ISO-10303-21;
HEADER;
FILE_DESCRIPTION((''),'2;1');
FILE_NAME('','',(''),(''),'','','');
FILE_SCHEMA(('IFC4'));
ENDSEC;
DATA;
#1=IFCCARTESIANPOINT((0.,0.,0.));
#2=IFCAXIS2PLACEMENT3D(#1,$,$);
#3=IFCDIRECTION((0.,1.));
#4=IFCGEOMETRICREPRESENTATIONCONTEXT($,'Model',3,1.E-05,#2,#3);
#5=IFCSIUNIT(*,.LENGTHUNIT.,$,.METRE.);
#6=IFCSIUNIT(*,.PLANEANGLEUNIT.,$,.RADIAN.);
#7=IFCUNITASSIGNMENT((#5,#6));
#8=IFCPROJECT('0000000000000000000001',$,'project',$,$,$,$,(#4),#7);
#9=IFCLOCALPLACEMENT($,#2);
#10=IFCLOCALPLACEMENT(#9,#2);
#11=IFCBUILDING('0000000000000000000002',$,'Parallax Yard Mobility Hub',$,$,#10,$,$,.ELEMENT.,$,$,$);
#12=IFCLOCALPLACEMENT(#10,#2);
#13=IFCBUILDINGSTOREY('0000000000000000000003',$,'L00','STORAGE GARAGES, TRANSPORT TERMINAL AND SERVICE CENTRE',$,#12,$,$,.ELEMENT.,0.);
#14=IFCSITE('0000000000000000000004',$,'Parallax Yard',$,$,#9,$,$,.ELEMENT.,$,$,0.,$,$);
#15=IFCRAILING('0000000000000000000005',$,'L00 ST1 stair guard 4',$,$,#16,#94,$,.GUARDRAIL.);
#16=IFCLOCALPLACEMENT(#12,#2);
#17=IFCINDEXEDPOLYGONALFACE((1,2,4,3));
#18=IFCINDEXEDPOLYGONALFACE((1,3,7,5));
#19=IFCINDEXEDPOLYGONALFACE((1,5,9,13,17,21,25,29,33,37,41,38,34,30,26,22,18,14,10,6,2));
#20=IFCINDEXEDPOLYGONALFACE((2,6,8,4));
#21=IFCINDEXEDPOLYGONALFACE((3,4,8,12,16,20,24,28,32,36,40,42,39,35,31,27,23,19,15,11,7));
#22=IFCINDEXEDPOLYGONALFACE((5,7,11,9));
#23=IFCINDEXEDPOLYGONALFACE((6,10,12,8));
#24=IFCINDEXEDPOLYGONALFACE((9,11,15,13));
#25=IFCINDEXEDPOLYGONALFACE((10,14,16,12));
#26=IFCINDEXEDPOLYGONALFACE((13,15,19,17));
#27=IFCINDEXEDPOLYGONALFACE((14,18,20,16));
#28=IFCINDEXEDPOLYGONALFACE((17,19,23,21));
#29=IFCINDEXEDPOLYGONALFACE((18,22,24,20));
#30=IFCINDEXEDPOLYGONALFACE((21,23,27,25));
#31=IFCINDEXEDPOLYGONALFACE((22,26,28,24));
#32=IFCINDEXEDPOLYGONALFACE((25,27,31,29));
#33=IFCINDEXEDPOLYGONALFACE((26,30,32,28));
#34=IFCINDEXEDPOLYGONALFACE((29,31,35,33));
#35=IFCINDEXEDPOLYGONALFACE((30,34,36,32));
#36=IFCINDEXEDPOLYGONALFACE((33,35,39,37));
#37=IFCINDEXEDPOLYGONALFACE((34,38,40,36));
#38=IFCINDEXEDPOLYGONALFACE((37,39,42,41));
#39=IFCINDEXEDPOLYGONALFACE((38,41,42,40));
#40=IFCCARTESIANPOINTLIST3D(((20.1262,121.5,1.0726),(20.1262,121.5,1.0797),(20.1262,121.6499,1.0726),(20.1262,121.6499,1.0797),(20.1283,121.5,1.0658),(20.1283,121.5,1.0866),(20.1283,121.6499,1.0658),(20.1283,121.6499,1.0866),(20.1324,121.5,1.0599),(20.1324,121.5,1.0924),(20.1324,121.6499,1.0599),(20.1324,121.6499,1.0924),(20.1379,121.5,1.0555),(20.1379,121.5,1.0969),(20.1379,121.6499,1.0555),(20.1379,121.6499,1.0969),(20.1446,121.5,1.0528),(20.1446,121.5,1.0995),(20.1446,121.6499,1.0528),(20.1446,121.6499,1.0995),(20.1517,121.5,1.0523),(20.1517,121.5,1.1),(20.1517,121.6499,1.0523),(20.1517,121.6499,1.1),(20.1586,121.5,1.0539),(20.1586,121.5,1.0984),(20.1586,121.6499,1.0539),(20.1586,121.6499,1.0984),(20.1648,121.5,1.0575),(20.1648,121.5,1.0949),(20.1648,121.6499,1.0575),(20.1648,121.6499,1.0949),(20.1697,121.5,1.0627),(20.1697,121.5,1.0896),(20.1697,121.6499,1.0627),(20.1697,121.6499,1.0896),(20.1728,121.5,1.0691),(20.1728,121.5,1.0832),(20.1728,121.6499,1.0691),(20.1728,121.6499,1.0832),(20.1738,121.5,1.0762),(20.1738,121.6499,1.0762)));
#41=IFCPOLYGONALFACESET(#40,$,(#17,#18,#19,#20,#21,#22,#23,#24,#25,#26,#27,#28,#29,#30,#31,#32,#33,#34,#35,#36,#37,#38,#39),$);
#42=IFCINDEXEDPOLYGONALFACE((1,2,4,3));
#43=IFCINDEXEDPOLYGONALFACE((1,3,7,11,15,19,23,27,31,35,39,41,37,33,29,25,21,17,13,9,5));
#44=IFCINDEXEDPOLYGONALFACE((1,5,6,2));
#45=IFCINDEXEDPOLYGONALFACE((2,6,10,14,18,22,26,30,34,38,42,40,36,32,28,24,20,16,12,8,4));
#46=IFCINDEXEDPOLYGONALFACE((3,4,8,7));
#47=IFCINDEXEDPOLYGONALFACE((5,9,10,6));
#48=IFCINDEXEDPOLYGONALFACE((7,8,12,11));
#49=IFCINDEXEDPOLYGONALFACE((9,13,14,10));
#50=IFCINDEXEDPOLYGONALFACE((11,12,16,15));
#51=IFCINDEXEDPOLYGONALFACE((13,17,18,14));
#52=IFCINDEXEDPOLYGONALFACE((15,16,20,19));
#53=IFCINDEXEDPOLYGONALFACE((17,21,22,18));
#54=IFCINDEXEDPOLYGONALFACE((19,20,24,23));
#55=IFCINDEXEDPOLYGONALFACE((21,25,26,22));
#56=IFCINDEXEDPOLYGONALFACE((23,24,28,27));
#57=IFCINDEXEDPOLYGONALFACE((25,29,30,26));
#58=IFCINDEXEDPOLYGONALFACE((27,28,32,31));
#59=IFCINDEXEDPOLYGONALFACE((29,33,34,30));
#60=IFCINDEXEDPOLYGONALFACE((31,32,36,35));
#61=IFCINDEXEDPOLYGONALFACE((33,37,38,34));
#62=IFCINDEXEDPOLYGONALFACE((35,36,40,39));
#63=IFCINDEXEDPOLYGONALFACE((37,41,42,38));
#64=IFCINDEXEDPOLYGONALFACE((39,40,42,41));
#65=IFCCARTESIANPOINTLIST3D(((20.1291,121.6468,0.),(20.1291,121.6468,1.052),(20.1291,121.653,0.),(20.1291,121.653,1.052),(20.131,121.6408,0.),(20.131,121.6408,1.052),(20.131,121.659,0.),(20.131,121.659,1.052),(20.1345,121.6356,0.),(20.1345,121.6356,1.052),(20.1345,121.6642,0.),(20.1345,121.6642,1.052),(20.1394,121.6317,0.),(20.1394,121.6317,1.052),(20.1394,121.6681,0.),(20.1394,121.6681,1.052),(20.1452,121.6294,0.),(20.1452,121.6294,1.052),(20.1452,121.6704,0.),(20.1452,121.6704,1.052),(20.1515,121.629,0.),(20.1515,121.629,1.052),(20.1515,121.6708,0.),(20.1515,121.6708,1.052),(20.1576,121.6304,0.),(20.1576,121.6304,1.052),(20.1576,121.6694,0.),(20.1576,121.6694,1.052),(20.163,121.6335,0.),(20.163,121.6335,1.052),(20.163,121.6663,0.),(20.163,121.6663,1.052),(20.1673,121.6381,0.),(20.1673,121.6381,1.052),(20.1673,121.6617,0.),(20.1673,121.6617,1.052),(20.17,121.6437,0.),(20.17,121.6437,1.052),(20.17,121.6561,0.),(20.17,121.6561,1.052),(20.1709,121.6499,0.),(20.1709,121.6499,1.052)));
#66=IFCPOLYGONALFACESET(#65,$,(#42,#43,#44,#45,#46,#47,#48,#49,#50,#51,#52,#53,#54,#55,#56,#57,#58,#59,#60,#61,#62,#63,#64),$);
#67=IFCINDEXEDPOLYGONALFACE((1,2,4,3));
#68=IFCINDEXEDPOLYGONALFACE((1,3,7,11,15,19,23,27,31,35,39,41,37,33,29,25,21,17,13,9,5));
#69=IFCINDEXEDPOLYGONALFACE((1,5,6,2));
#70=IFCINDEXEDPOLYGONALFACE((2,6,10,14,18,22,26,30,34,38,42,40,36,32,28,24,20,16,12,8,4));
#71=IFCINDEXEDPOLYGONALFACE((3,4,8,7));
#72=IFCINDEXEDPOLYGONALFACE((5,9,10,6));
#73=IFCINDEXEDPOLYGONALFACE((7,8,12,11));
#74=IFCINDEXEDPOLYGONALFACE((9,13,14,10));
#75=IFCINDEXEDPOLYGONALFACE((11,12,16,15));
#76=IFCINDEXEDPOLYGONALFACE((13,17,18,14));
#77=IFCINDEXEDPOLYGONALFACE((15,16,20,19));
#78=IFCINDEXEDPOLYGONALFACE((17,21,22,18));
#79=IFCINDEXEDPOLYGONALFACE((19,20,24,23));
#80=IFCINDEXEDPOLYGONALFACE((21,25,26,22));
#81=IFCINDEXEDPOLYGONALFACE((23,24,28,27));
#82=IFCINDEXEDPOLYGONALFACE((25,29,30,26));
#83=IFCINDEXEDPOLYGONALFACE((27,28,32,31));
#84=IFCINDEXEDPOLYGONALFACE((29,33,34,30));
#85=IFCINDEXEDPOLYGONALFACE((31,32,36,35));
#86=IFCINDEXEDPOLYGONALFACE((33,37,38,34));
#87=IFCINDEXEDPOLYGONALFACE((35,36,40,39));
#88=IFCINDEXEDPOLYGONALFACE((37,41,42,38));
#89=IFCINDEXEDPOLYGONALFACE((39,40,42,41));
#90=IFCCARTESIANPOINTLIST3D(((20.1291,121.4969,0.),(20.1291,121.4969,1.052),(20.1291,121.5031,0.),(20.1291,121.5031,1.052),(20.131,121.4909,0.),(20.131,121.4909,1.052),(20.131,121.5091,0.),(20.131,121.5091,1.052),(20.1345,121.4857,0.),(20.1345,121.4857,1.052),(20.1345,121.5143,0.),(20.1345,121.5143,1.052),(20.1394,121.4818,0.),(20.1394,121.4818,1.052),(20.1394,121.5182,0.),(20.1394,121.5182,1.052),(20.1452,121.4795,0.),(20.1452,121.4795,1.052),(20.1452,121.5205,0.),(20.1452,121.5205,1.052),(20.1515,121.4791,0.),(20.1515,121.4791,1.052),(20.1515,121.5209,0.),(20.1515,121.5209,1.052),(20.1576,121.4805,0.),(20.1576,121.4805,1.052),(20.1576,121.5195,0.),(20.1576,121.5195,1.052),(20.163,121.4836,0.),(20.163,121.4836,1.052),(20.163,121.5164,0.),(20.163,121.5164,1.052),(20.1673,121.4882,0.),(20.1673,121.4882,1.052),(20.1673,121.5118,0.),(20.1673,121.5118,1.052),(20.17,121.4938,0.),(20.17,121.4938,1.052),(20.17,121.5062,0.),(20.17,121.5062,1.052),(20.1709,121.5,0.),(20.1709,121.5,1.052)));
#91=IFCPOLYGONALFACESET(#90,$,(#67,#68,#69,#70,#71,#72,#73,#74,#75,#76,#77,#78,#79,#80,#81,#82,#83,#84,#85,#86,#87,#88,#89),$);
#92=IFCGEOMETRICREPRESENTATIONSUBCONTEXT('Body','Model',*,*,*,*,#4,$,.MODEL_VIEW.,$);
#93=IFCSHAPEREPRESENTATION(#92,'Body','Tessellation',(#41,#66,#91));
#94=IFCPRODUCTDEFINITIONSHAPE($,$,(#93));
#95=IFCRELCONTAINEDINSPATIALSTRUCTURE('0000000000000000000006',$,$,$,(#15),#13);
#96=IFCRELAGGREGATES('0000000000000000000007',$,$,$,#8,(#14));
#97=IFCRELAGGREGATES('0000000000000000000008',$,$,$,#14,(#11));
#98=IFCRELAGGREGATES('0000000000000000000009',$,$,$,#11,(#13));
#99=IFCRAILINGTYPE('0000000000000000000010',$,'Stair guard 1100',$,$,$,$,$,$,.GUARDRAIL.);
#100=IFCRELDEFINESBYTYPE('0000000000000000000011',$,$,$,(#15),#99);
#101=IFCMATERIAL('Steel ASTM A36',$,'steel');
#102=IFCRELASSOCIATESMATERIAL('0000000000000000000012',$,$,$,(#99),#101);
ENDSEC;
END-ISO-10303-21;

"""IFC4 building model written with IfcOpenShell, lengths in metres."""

from ifc_helpers import new_model, si_unit, direction, frame, origin, origin_2d, place, context, subcontext, project, spatial, circle, extrude, material, type_object, element, save


model = new_model("IFC4")

# Units and contexts
model_context = context("Model", 3, precision=1e-05, world=origin(), true_north=direction((0.0, 1.0)))
body_context = subcontext(model_context, "Body", "Model", "MODEL_VIEW")
ifc_project = project(units=[si_unit("LENGTHUNIT", "METRE"), si_unit("PLANEANGLEUNIT", "RADIAN")], contexts=[model_context])

# Site, building, storey
site_placement = place(None, origin())
site = spatial("IfcSite", under=ifc_project, at=site_placement, Name="Parallax Yard", CompositionType="ELEMENT", RefElevation=0.0)
building_placement = place(site_placement, origin())
building = spatial("IfcBuilding", under=site, at=building_placement, Name="Parallax Yard Mobility Hub", CompositionType="ELEMENT")
storey_placement = place(building_placement, origin())
storey = spatial("IfcBuildingStorey", under=building, at=storey_placement, Name="L00", Description="STORAGE GARAGES, TRANSPORT TERMINAL AND SERVICE CENTRE", CompositionType="ELEMENT", Elevation=0.0)

# Railing
ifc_material_1 = material(Name="Steel ASTM A36", Category="steel")
railing_type_1 = type_object("IfcRailingType", Name="Stair guard 1100", PredefinedType="GUARDRAIL", material=ifc_material_1)
railing_1_placement = place(storey_placement, frame((20.1499, 121.6499, 0.0)))
element("IfcRailing", 1, at=railing_1_placement, inside=storey, type_object=railing_type_1, Name="L00 ST1 stair guard 4", PredefinedType="GUARDRAIL", context=body_context, shape_type="SweptSolid", body=[
    extrude(circle(Radius=0.0239, at=origin_2d()), frame((0.0, 0.0, 1.0762), z_axis=(0.0, -1.0, 0.0), x_axis=(1.0, 0.0, 0.0)), (0.0, 0.0, 1.0), 0.1499),
    extrude(circle(Radius=0.021, at=origin_2d()), origin(), (0.0, 0.0, 1.0), 1.052),
    extrude(circle(Radius=0.021, at=origin_2d()), frame((0.0, -0.1499, 0.0)), (0.0, 0.0, 1.0), 1.052),
])

save(model, "model.ifc")
